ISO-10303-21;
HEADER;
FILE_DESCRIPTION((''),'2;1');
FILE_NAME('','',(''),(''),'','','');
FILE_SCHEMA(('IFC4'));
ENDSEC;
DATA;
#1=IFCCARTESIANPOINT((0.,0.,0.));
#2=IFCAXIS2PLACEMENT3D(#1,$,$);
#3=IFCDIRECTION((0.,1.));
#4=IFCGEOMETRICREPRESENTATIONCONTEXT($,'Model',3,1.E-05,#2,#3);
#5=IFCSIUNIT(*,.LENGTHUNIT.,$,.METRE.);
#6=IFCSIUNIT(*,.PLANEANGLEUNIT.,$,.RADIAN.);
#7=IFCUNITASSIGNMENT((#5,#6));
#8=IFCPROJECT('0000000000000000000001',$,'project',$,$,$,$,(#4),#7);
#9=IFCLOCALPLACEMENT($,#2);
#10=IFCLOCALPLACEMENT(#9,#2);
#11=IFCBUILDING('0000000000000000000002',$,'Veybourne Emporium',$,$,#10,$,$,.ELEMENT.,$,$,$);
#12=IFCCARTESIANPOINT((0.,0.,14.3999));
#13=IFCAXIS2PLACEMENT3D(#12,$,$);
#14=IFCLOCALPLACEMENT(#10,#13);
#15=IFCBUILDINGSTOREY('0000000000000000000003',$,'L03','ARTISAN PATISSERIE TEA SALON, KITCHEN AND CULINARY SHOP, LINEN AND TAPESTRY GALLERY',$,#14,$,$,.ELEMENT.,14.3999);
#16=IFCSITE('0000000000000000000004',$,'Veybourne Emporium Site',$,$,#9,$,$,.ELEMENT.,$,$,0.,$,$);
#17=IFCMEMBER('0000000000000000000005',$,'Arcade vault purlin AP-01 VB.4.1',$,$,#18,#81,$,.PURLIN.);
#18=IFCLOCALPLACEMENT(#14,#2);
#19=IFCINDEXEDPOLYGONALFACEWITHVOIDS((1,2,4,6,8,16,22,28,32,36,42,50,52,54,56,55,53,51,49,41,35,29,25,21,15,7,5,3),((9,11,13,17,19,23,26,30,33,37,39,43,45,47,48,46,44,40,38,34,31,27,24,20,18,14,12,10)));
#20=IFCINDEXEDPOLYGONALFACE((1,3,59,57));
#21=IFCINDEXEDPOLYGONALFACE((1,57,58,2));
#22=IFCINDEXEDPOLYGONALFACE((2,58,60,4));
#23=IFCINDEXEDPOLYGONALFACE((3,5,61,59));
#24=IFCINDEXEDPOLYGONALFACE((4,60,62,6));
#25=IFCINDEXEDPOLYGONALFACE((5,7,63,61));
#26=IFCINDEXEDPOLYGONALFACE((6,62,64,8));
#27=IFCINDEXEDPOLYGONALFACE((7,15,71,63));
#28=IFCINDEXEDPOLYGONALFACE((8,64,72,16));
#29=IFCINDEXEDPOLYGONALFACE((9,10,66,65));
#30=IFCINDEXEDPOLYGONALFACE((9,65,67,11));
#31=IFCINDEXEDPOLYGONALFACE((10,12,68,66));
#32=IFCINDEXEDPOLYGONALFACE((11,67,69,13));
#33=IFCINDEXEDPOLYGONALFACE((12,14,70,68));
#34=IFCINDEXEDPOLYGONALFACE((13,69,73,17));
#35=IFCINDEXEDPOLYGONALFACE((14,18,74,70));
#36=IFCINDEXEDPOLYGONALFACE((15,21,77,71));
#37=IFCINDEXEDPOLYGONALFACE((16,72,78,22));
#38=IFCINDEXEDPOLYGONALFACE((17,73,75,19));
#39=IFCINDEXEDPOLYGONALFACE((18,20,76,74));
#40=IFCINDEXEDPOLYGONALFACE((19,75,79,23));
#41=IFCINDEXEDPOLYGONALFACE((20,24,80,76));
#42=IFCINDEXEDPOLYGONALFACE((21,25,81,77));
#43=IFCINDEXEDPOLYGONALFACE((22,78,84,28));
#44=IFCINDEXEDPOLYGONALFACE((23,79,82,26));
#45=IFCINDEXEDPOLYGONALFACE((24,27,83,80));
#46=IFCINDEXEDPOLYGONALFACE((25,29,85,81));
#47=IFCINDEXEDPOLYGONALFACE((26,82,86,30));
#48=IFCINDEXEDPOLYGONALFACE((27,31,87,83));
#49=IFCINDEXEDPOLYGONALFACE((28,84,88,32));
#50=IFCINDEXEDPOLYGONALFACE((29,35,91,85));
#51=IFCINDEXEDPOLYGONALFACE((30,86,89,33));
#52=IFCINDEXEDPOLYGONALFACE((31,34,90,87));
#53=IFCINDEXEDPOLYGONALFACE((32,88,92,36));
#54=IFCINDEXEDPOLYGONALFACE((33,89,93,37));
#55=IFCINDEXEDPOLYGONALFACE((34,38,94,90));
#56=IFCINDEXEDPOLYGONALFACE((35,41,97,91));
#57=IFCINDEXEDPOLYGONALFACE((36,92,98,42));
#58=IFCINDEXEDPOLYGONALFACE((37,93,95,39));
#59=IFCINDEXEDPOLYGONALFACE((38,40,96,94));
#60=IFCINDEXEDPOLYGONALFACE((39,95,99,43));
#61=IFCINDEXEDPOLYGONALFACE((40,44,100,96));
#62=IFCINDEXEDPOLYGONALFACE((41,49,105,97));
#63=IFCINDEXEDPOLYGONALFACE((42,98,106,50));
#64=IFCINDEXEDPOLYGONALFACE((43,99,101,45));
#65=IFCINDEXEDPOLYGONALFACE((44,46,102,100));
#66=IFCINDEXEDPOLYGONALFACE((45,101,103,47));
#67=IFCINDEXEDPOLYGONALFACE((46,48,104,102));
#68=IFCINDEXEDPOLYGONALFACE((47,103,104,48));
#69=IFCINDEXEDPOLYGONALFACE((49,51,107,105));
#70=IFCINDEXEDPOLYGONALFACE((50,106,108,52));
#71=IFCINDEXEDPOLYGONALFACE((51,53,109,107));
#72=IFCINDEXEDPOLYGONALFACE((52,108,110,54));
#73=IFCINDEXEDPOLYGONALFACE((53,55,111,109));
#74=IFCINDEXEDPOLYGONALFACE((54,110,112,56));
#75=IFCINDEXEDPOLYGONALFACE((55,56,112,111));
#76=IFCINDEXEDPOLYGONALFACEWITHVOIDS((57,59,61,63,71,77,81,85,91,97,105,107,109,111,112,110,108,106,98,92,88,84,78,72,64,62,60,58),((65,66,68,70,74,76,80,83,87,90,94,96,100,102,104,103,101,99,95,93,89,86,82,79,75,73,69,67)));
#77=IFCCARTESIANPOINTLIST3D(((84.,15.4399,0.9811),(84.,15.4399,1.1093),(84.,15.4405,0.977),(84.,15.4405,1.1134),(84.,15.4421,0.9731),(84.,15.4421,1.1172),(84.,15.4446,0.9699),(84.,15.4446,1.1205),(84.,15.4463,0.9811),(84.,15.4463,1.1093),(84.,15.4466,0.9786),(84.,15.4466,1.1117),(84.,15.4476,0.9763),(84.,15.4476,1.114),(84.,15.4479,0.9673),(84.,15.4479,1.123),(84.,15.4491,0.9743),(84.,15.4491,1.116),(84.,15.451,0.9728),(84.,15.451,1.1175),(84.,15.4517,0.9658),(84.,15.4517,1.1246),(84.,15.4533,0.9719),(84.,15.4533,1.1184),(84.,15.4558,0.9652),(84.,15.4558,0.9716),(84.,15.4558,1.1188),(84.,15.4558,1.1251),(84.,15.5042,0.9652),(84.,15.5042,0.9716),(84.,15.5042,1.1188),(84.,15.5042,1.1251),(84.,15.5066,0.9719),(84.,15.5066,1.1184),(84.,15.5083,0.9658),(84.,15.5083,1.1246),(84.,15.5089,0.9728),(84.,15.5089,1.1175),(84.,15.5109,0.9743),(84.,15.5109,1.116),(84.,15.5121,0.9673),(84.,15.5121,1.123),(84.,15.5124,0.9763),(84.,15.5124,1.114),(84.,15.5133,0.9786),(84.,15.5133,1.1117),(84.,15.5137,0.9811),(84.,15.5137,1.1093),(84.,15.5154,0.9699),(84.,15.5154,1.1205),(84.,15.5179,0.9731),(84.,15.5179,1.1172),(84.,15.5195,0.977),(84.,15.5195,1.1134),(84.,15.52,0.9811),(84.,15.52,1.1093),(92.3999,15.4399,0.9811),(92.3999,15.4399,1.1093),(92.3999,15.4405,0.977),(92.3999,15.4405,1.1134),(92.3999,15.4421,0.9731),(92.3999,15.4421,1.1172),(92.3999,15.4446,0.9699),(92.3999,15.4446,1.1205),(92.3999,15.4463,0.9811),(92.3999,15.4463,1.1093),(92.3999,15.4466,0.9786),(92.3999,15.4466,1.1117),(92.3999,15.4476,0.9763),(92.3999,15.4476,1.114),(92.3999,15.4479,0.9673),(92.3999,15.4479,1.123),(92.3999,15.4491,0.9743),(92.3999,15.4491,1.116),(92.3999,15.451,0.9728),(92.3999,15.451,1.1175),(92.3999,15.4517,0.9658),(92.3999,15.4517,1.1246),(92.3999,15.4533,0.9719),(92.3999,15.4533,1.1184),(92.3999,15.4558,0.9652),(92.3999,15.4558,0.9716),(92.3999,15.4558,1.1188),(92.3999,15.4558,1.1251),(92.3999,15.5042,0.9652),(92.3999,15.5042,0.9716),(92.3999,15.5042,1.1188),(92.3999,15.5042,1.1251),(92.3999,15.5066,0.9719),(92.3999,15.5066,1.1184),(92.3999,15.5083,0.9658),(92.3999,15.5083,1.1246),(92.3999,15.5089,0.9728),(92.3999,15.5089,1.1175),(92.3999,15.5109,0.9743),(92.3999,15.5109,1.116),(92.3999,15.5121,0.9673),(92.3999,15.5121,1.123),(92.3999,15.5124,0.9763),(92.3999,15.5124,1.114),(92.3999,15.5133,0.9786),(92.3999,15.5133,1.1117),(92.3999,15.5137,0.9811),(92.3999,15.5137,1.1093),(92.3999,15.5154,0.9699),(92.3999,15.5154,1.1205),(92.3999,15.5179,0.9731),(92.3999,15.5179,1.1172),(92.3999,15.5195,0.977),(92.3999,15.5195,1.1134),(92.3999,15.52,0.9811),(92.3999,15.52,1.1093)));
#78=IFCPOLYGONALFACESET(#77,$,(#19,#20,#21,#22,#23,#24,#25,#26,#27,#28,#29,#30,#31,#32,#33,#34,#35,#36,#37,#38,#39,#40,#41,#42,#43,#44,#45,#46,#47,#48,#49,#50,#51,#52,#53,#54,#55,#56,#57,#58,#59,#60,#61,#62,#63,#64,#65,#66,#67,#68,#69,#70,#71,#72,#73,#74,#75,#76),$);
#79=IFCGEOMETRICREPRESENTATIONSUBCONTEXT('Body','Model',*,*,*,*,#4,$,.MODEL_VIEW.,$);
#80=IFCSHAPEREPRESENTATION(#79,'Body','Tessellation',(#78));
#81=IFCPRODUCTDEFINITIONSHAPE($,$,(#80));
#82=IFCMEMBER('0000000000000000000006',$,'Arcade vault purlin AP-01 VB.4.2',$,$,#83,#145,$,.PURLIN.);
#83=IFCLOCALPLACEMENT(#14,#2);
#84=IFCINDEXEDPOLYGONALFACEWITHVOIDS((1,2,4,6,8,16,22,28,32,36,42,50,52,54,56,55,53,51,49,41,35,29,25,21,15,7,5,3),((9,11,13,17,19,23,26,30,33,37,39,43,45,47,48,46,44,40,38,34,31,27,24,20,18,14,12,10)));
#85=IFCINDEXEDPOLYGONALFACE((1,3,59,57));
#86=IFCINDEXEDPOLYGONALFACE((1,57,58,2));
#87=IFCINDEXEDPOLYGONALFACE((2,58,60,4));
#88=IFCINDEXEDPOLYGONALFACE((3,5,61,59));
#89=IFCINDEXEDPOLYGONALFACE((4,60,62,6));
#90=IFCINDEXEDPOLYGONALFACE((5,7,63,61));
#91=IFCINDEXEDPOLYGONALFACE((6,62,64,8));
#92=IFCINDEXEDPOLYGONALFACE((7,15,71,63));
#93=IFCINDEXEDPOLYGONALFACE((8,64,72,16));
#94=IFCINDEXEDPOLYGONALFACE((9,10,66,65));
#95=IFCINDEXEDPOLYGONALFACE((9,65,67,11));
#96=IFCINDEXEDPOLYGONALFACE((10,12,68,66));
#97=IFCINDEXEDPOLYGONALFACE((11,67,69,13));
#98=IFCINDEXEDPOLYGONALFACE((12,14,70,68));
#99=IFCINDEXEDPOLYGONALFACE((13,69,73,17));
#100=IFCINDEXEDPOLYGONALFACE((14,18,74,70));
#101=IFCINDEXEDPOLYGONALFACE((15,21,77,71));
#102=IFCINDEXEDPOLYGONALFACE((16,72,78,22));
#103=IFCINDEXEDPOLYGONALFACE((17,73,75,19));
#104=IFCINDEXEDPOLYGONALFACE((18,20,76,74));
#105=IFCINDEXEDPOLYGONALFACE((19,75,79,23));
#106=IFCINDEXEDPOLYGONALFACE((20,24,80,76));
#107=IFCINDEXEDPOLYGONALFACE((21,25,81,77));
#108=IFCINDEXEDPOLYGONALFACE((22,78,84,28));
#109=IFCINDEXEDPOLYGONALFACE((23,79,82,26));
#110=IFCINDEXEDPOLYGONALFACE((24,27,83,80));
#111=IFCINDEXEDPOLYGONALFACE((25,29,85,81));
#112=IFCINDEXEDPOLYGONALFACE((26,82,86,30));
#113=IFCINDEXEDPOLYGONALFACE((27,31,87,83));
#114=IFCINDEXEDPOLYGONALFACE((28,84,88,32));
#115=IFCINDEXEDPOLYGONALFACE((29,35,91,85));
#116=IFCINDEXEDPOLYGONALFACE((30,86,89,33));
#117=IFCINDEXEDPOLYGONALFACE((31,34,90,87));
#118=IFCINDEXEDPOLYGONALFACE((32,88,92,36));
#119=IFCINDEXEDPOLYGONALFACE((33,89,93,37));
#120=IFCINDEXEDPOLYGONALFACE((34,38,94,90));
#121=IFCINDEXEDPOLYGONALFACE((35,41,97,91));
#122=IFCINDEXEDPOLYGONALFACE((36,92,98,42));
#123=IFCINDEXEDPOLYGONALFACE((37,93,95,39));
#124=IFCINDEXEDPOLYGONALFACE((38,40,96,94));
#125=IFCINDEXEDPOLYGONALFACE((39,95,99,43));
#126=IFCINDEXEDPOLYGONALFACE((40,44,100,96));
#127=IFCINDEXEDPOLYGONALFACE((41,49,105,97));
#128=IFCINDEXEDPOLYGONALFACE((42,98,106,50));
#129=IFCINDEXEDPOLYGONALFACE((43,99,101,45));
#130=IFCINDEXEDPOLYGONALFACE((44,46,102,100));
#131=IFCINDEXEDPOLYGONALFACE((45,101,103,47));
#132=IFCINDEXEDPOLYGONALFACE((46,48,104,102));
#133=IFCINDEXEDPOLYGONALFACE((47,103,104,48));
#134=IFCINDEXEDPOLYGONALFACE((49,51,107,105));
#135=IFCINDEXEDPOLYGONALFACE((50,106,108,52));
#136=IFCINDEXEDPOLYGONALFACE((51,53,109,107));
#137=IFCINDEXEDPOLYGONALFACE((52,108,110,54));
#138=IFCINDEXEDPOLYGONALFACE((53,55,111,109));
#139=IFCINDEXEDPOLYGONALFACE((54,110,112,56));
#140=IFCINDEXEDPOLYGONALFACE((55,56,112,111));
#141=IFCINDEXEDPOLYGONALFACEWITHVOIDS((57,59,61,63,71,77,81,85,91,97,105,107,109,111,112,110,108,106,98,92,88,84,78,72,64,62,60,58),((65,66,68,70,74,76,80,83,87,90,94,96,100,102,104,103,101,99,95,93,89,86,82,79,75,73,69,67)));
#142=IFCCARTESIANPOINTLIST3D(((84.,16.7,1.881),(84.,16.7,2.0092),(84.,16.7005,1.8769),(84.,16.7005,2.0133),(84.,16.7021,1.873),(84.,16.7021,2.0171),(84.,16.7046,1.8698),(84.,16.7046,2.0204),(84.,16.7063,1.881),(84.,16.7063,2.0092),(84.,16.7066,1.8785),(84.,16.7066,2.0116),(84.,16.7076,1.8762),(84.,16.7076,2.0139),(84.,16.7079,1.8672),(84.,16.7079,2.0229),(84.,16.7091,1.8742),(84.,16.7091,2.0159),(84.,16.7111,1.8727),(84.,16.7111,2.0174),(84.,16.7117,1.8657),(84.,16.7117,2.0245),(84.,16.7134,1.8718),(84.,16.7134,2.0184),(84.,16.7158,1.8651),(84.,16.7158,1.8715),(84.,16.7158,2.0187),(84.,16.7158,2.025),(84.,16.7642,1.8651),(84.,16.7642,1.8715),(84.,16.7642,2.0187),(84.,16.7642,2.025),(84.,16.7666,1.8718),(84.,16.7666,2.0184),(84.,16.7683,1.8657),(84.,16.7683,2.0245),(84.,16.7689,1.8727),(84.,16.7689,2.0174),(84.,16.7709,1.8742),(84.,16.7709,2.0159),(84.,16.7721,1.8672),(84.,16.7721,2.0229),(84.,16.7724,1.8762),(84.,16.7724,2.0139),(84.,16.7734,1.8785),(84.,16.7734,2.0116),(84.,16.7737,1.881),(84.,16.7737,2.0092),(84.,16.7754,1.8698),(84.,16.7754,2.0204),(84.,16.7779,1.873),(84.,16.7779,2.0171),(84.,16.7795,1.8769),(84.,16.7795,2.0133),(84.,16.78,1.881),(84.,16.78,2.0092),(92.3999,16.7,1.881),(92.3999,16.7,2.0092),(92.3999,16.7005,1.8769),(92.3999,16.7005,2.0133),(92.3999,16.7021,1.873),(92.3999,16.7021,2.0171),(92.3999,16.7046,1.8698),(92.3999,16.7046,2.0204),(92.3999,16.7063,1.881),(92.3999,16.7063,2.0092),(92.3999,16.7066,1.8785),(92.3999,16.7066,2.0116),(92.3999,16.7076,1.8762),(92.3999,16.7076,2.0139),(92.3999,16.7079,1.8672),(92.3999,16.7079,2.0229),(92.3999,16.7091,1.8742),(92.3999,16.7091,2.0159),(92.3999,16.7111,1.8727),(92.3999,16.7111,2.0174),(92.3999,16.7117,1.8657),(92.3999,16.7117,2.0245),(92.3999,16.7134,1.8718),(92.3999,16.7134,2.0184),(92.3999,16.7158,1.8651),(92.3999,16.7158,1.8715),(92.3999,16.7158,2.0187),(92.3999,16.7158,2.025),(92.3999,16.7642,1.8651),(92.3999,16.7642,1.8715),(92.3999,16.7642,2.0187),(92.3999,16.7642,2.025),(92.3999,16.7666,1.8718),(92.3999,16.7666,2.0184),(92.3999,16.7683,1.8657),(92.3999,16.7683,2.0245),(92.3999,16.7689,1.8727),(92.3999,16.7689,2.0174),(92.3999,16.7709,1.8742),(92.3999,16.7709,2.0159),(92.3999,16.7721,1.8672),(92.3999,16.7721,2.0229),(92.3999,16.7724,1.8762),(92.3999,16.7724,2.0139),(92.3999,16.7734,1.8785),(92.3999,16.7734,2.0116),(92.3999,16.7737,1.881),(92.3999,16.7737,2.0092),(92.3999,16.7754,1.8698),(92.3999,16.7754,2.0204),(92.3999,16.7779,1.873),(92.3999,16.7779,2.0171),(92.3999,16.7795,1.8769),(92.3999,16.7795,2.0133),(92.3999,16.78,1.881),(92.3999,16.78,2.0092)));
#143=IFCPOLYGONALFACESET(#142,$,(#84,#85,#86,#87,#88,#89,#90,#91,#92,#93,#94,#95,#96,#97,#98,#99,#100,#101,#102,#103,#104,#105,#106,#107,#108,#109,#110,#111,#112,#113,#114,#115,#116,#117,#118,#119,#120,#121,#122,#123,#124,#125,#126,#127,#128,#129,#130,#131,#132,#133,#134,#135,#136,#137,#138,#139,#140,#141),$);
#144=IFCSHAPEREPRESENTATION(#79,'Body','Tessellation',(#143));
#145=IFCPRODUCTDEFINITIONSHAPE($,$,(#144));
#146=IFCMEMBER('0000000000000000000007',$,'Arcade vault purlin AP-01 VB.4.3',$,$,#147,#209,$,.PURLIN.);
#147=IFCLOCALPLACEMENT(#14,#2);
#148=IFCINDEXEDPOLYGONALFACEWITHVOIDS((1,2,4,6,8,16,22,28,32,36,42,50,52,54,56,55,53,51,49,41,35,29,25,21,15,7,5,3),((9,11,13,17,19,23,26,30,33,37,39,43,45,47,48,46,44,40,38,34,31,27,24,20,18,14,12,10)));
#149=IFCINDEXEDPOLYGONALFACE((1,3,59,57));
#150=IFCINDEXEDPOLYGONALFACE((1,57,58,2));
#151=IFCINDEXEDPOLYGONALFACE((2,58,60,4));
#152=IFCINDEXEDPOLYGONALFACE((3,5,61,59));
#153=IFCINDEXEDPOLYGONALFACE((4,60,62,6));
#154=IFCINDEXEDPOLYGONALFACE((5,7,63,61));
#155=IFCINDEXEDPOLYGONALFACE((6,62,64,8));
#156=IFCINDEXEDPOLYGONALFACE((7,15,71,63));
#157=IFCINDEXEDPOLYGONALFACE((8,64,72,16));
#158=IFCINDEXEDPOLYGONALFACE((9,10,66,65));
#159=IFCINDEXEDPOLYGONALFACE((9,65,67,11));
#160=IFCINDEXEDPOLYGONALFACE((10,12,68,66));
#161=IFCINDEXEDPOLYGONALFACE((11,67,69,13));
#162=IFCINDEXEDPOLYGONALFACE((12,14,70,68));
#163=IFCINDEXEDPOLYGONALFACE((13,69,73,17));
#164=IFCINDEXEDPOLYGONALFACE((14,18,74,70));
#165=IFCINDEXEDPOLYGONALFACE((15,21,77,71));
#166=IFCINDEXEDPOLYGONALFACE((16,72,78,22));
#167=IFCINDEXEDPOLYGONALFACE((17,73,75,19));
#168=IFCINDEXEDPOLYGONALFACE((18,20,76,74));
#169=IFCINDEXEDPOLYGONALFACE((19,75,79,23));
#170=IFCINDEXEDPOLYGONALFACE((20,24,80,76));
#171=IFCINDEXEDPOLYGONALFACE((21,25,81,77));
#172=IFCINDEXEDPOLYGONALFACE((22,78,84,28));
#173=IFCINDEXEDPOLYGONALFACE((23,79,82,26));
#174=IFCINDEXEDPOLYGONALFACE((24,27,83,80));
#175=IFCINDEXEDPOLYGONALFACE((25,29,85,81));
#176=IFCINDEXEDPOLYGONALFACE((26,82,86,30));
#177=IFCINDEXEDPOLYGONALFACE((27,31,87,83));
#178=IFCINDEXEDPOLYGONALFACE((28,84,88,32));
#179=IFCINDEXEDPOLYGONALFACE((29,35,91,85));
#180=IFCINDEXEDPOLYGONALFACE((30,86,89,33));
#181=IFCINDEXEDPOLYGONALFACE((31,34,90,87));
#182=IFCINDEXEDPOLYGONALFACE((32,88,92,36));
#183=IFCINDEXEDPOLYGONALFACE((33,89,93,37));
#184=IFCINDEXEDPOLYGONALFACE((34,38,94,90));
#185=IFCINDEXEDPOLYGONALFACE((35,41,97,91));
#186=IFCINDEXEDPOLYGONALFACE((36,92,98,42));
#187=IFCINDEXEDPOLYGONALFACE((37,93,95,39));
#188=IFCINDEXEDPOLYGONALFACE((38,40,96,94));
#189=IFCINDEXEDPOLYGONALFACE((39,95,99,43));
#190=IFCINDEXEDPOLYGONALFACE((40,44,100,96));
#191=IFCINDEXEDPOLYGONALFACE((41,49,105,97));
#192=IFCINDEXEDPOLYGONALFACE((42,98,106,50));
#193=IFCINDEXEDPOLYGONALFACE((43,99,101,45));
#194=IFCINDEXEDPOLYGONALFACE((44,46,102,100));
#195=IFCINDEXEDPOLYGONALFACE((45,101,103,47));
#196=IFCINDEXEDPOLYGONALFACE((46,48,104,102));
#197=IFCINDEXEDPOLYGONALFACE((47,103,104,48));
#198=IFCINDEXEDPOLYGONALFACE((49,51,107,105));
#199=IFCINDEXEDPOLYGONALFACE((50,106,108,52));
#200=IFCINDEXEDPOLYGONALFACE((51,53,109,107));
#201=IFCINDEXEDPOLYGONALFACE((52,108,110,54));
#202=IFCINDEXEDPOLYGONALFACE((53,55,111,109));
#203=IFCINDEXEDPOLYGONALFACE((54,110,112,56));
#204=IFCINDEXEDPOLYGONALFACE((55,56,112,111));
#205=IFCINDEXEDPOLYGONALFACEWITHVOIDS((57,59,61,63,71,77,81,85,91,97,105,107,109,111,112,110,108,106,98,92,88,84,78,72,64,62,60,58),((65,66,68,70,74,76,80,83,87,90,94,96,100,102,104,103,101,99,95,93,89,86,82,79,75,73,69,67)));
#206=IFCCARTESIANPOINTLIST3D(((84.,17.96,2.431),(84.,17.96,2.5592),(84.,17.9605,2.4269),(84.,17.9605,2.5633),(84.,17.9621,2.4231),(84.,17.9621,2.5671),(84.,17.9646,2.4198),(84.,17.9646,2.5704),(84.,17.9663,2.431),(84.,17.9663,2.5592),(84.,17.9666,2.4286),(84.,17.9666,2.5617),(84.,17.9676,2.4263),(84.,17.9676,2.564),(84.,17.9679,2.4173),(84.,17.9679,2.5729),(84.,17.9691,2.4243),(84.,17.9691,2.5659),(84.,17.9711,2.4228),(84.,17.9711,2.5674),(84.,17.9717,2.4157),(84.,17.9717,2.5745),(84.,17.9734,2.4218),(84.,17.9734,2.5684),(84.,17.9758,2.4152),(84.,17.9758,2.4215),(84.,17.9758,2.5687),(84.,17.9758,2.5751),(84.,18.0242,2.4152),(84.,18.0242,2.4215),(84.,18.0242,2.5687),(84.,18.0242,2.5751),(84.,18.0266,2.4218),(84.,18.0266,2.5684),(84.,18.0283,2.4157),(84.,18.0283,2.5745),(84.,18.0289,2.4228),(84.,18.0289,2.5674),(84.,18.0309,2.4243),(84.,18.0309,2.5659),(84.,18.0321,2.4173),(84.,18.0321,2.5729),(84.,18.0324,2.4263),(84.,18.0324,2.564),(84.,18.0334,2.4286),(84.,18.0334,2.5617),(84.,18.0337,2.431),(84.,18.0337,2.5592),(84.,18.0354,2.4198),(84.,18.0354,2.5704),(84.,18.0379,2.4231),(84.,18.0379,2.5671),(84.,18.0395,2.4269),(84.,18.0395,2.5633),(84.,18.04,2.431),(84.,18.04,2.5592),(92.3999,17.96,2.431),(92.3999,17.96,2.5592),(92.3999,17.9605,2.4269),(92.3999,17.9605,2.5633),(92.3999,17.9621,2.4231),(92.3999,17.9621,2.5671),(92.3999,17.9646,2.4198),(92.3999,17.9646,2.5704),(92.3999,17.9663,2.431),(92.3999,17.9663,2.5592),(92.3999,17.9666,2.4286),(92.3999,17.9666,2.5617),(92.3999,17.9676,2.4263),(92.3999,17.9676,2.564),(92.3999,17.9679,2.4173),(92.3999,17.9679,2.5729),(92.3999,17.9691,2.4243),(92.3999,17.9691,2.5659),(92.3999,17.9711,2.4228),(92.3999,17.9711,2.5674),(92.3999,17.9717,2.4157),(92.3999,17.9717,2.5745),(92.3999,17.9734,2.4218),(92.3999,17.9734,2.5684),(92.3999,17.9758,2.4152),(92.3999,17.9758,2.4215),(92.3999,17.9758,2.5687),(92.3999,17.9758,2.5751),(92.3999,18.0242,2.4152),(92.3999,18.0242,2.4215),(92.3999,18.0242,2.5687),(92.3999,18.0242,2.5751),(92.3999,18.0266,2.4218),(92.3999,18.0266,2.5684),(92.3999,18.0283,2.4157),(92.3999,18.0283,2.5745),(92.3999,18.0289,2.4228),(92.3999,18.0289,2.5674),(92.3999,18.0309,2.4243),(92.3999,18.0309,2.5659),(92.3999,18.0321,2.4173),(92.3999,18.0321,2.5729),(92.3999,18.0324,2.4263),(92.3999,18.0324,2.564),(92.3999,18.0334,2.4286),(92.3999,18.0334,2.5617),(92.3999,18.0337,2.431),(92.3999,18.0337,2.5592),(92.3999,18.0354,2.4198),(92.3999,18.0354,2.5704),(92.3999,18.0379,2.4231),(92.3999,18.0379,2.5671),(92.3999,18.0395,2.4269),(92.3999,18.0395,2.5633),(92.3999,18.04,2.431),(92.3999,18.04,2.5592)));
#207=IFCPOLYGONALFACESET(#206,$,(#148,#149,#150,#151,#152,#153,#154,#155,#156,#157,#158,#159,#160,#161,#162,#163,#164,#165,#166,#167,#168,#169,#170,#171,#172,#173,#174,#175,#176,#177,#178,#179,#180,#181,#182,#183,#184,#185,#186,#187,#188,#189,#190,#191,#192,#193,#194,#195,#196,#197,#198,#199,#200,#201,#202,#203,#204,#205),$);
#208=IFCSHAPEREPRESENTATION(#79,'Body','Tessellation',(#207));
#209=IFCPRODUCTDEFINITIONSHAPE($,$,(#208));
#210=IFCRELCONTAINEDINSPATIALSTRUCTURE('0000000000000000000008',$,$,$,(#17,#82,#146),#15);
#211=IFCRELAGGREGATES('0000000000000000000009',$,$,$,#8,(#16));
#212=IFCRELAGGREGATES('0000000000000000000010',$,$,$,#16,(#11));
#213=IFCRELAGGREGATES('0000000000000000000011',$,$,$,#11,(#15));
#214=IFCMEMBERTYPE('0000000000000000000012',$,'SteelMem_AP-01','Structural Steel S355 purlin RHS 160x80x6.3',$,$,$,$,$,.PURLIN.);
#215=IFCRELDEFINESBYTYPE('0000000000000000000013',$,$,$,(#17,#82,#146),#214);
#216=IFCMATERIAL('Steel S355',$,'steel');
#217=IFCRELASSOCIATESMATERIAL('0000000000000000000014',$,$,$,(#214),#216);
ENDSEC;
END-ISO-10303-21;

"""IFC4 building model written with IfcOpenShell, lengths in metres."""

from ifc_helpers import new_model, si_unit, direction, frame, origin, origin_2d, place, context, subcontext, project, spatial, hollow_rectangle, extrude, material, material_profile, profile_set, type_object, element, save


model = new_model("IFC4")

# Units and contexts
model_context = context("Model", 3, precision=1e-05, world=origin(), true_north=direction((0.0, 1.0)))
body_context = subcontext(model_context, "Body", "Model", "MODEL_VIEW")
ifc_project = project(units=[si_unit("LENGTHUNIT", "METRE"), si_unit("PLANEANGLEUNIT", "RADIAN")], contexts=[model_context])

# Site, building, storey
site_placement = place(None, origin())
site = spatial("IfcSite", under=ifc_project, at=site_placement, Name="Veybourne Emporium Site", CompositionType="ELEMENT", RefElevation=0.0)
building_placement = place(site_placement, origin())
building = spatial("IfcBuilding", under=site, at=building_placement, Name="Veybourne Emporium", CompositionType="ELEMENT")
storey_placement = place(building_placement, frame((0.0, 0.0, 14.3999)))
storey = spatial("IfcBuildingStorey", under=building, at=storey_placement, Name="L03", Description="ARTISAN PATISSERIE TEA SALON, KITCHEN AND CULINARY SHOP, LINEN AND TAPESTRY GALLERY", CompositionType="ELEMENT", Elevation=14.3999)

# Shared definitions
ifc_material_1 = material(Name="Steel S355", Category="steel")

# Members
ifc_material_profile_1 = material_profile(ifc_material_1, hollow_rectangle(XDim=0.0801, YDim=0.1599, WallThickness=0.0063, InnerFilletRadius=0.0095, OuterFilletRadius=0.0159, at=origin_2d()), Name="RHS 160x80x6.3")
ifc_profile_set_1 = profile_set([ifc_material_profile_1], Name="Steel S355")
member_type_1 = type_object("IfcMemberType", Name="SteelMem_AP-01", Description="Structural Steel S355 purlin RHS 160x80x6.3", PredefinedType="PURLIN", material=ifc_profile_set_1)
for number, where, z_axis, x_axis, name in (
    (1, (84.0, 15.48, 1.0452), (1.0, 0.0, 0.0), (0.0, 1.0, 0.0), "Arcade vault purlin AP-01 VB.4.1"),
    (2, (84.0, 16.74, 1.9451), (1.0, 0.0, 0.0), (0.0, 1.0, 0.0), "Arcade vault purlin AP-01 VB.4.2"),
    (3, (84.0, 18.0, 2.4951), (1.0, 0.0, 0.0), (0.0, 1.0, 0.0), "Arcade vault purlin AP-01 VB.4.3"),
):
    element("IfcMember", number, at=place(storey_placement, frame(where, z_axis=z_axis, x_axis=x_axis)), inside=storey, type_object=member_type_1, Name=name, PredefinedType="PURLIN", context=body_context, shape_type="SweptSolid", body=[
        extrude(hollow_rectangle(XDim=0.0801, YDim=0.1599, WallThickness=0.0063, InnerFilletRadius=0.0095, OuterFilletRadius=0.0159, at=origin_2d()), origin(), (0.0, 0.0, 1.0), 8.3999),
    ])

save(model, "model.ifc")
